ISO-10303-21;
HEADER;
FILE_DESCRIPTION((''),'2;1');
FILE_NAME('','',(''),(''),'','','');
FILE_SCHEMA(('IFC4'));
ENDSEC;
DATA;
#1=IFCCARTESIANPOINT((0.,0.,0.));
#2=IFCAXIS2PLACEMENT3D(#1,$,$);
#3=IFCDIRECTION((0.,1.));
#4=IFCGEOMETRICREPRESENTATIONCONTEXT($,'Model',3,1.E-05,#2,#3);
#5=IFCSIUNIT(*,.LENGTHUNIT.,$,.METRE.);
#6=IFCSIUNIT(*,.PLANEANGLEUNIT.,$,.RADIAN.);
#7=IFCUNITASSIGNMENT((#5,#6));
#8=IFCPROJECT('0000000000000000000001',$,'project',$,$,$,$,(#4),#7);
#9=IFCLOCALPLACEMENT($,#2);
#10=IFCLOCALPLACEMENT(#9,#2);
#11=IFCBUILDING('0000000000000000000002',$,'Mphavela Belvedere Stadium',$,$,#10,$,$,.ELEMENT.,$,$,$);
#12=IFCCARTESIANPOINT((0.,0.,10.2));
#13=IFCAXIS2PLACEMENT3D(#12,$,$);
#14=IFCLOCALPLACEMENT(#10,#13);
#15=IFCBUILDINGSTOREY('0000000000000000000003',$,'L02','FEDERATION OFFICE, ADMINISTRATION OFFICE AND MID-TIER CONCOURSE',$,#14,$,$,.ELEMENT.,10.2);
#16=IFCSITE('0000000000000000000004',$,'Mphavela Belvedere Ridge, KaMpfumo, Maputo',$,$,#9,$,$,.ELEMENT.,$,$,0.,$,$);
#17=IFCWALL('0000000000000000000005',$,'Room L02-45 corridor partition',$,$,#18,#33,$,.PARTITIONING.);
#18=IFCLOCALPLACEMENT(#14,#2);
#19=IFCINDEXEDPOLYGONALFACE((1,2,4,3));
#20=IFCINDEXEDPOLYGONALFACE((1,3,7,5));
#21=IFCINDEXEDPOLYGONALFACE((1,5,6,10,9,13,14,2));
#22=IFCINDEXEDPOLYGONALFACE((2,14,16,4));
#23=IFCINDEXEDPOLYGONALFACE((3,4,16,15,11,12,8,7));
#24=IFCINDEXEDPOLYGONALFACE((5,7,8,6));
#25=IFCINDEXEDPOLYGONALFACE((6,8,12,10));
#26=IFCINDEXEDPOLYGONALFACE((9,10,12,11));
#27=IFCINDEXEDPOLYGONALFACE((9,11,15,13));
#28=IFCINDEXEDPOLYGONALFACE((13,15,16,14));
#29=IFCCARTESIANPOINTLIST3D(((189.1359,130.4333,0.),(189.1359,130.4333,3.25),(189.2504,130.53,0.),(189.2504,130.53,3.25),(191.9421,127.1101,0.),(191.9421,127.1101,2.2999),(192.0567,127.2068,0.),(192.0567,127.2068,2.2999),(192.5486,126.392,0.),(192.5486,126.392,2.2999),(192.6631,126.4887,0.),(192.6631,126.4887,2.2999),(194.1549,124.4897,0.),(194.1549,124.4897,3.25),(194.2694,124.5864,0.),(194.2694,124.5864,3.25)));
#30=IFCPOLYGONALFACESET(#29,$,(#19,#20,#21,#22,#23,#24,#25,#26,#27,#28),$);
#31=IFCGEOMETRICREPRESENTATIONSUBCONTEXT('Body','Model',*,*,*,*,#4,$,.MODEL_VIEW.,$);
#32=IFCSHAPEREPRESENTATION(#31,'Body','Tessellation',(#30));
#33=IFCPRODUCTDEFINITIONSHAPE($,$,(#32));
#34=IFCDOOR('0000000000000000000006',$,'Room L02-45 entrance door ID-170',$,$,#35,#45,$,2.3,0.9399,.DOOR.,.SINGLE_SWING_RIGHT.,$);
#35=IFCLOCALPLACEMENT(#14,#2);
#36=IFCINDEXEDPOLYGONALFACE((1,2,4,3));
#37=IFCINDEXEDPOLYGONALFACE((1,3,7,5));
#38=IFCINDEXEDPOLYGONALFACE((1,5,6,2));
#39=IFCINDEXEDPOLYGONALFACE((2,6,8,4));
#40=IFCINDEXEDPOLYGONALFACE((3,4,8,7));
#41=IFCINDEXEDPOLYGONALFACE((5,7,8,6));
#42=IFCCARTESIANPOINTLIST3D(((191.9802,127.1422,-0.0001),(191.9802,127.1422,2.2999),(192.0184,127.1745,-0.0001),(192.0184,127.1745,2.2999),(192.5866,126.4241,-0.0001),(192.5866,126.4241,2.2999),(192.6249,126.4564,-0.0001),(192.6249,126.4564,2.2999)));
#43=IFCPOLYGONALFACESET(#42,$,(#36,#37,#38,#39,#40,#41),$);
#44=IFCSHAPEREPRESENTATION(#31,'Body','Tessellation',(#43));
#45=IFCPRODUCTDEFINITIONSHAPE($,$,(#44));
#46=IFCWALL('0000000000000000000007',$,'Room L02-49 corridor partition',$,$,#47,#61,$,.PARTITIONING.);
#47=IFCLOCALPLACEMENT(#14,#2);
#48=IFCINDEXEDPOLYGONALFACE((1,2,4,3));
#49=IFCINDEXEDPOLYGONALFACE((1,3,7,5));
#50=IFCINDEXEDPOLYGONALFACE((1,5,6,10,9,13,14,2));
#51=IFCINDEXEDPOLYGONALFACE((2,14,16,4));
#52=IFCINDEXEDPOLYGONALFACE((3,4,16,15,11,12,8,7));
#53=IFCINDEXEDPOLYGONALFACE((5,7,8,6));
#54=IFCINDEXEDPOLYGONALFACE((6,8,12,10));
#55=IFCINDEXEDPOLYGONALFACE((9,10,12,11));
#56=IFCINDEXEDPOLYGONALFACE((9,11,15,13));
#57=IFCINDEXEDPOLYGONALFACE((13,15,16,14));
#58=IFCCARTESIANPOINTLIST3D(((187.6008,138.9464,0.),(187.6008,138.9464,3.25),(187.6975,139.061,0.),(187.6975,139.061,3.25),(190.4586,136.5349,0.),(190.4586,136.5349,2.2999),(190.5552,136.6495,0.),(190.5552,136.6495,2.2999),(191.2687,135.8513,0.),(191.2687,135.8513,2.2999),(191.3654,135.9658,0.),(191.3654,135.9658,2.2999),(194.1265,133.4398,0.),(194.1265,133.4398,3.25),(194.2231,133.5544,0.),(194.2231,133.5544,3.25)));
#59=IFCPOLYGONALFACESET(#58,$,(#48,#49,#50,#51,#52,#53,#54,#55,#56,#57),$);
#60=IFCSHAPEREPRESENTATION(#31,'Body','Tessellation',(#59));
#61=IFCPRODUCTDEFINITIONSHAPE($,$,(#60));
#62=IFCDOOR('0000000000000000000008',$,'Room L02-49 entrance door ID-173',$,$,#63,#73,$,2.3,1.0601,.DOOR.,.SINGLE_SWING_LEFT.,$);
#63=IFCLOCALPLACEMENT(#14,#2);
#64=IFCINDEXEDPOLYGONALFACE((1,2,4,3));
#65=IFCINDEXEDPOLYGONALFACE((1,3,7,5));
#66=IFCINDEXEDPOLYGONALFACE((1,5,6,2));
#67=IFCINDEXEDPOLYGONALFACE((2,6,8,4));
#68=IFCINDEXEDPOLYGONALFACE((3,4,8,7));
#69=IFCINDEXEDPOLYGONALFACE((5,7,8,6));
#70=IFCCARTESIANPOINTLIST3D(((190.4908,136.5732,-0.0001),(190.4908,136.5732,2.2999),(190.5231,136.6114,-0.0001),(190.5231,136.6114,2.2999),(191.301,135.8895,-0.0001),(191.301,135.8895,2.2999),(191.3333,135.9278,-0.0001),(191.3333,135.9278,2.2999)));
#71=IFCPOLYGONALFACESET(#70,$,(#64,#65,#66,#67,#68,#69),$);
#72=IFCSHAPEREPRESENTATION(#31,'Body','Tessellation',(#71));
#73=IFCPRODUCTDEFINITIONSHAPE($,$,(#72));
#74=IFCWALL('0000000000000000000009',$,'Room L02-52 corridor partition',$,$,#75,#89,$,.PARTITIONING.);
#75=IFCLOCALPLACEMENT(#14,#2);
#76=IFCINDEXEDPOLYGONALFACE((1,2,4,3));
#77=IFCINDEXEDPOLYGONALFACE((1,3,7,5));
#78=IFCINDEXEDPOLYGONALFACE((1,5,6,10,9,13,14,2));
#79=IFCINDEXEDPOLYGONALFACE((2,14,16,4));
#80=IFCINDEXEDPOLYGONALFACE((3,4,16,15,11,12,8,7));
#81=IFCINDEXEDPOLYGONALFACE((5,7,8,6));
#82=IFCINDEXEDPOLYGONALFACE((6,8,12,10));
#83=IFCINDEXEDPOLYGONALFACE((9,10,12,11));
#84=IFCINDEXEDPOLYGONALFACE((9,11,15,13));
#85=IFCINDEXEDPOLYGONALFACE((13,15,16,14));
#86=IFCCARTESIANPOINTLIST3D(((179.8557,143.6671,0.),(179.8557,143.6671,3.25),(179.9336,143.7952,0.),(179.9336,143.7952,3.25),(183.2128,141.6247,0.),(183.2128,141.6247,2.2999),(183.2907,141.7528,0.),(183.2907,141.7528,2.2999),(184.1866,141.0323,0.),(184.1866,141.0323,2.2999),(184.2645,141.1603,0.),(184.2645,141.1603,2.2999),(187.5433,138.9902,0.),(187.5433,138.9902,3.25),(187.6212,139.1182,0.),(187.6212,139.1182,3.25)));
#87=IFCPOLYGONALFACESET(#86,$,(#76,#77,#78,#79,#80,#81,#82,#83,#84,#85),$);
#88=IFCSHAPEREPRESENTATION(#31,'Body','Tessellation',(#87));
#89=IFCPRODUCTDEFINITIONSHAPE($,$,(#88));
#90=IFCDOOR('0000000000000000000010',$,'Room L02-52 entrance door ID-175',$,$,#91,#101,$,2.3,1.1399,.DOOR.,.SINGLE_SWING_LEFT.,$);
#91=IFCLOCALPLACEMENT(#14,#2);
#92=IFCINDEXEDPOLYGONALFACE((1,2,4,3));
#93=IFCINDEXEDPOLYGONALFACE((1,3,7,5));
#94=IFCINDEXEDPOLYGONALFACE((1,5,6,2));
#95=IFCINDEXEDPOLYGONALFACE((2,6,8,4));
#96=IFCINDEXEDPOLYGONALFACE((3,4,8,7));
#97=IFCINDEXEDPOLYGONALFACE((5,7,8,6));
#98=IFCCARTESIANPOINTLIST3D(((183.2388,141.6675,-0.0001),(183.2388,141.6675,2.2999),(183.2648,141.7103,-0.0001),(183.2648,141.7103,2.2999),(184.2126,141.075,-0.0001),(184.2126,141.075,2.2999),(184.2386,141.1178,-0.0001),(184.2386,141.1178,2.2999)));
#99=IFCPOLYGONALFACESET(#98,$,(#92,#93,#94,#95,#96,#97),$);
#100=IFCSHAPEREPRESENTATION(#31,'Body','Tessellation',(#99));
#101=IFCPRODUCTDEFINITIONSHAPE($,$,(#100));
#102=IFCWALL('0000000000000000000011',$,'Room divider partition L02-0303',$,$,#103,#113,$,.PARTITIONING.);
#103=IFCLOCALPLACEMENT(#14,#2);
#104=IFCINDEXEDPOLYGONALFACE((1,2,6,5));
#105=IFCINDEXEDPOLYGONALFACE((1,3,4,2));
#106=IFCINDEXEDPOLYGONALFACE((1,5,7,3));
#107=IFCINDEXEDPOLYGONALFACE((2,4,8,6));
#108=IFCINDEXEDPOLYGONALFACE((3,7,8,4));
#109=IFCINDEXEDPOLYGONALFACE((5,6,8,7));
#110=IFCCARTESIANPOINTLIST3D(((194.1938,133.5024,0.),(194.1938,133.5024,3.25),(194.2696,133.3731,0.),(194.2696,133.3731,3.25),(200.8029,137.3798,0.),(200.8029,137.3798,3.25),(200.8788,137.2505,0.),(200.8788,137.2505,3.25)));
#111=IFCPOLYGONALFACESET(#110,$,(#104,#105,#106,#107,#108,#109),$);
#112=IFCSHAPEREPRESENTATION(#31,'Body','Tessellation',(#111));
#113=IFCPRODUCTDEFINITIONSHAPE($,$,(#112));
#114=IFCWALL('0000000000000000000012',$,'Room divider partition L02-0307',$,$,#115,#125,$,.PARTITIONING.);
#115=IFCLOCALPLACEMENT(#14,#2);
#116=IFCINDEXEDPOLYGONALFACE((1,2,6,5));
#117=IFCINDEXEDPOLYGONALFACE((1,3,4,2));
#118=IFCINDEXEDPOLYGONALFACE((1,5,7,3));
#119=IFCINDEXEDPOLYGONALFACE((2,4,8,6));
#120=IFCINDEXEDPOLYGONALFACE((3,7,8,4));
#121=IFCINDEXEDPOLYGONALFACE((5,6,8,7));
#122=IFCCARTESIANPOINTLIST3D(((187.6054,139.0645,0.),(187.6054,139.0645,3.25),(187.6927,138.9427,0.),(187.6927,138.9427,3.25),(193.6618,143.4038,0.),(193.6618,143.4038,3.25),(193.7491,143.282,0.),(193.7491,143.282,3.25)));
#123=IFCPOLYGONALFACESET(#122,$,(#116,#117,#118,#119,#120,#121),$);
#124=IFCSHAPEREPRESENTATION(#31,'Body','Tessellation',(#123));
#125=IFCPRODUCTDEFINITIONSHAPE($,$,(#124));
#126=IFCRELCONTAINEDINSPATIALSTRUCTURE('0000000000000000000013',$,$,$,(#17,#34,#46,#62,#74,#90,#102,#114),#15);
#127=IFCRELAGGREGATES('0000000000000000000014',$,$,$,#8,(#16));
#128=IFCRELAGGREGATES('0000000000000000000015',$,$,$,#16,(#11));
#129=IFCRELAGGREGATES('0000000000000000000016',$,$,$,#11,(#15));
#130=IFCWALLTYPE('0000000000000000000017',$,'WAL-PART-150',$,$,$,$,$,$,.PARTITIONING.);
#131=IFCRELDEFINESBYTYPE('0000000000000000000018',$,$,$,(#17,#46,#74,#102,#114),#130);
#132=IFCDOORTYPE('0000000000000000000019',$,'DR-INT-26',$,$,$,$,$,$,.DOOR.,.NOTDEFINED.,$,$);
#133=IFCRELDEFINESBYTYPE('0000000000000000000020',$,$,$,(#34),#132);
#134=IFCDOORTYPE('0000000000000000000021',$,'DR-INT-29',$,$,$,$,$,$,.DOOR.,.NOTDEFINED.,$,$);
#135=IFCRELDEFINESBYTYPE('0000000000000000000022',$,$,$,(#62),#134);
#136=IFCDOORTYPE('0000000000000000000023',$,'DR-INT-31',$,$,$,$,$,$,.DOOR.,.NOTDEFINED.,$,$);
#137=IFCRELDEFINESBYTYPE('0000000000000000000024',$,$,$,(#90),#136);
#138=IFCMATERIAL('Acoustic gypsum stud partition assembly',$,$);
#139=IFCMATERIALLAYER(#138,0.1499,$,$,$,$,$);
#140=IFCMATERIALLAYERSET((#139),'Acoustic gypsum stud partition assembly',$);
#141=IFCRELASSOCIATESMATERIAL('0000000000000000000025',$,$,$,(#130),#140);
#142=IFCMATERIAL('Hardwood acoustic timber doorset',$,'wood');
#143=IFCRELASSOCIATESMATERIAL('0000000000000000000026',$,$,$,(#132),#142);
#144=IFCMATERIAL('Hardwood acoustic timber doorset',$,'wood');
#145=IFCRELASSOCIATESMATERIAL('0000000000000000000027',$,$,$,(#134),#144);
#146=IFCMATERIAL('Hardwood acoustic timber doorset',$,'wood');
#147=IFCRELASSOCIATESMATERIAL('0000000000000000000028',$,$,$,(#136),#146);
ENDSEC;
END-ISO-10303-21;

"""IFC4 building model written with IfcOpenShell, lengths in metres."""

from ifc_helpers import new_model, si_unit, direction, frame, frame_2d, origin, place, context, subcontext, project, spatial, rectangle, extrude, material, layer, layer_set, type_object, element, fill, save


model = new_model("IFC4")

# Units and contexts
model_context = context("Model", 3, precision=1e-05, world=origin(), true_north=direction((0.0, 1.0)))
body_context = subcontext(model_context, "Body", "Model", "MODEL_VIEW")
ifc_project = project(units=[si_unit("LENGTHUNIT", "METRE"), si_unit("PLANEANGLEUNIT", "RADIAN")], contexts=[model_context])

# Site, building, storey
site_placement = place(None, origin())
site = spatial("IfcSite", under=ifc_project, at=site_placement, Name="Mphavela Belvedere Ridge, KaMpfumo, Maputo", CompositionType="ELEMENT", RefElevation=0.0)
building_placement = place(site_placement, origin())
building = spatial("IfcBuilding", under=site, at=building_placement, Name="Mphavela Belvedere Stadium", CompositionType="ELEMENT")
storey_placement = place(building_placement, frame((0.0, 0.0, 10.2)))
storey = spatial("IfcBuildingStorey", under=building, at=storey_placement, Name="L02", Description="FEDERATION OFFICE, ADMINISTRATION OFFICE AND MID-TIER CONCOURSE", CompositionType="ELEMENT", Elevation=10.2)

# Walls, openings, doors
ifc_material_1 = material(Name="Acoustic gypsum stud partition assembly")
ifc_layer_1 = layer(ifc_material_1, 0.1499)
ifc_layer_set_1 = layer_set([ifc_layer_1], Name="Acoustic gypsum stud partition assembly")
wall_type = type_object("IfcWallType", Name="WAL-PART-150", PredefinedType="PARTITIONING", material=ifc_layer_set_1)
wall_1_placement = place(storey_placement, frame((189.1931, 130.4817, 0.0), z_axis=(0.0, 0.0, 1.0), x_axis=(0.645181, -0.76403, 0.0)))
wall_1 = element("IfcWall", 1, at=wall_1_placement, inside=storey, type_object=wall_type, Name="Room L02-45 corridor partition", PredefinedType="PARTITIONING", context=body_context, shape_type="SweptSolid", body=[
    extrude(rectangle(XDim=7.7793, YDim=0.1499, at=frame_2d((3.8896, 0.0))), origin(), (0.0, 0.0, 1.0), 3.25),
])
opening_1_placement = place(wall_1_placement, frame((4.3496, 0.0, 0.0)))
opening_1 = element("IfcOpeningElement", 2, at=opening_1_placement, cuts=wall_1, PredefinedType="OPENING", context=body_context, shape_type="SweptSolid", body=[
    extrude(rectangle(XDim=0.9399, YDim=2.3, at=frame_2d((0.47, 1.1499))), frame((0.0, 0.085, 0.0), z_axis=(0.0, -1.0, 0.0), x_axis=(1.0, 0.0, 0.0)), (0.0, 0.0, 1.0), 0.1699),
])
ifc_material_2 = material(Name="Hardwood acoustic timber doorset", Category="wood")
door_type_1 = type_object("IfcDoorType", Name="DR-INT-26", OperationType="NOTDEFINED", PredefinedType="DOOR", material=ifc_material_2)
door_1_placement = place(opening_1_placement, origin())
door_1 = element("IfcDoor", 3, at=door_1_placement, inside=storey, type_object=door_type_1, Name="Room L02-45 entrance door ID-170", OperationType="SINGLE_SWING_RIGHT", OverallHeight=2.3, OverallWidth=0.9399, PredefinedType="DOOR", context=body_context, shape_type="SweptSolid", body=[
    extrude(rectangle(XDim=0.9399, YDim=2.3, at=frame_2d((0.47, 1.1499))), frame((0.0, 0.0249, 0.0), z_axis=(0.0, -1.0, 0.0), x_axis=(1.0, 0.0, 0.0)), (0.0, 0.0, 1.0), 0.05),
])
fill(opening_1, door_1)
wall_2_placement = place(storey_placement, frame((194.1748, 133.4971, 0.0), z_axis=(0.0, 0.0, 1.0), x_axis=(-0.764258, 0.644911, 0.0)))
wall_2 = element("IfcWall", 4, at=wall_2_placement, inside=storey, type_object=wall_type, Name="Room L02-49 corridor partition", PredefinedType="PARTITIONING", context=body_context, shape_type="SweptSolid", body=[
    extrude(rectangle(XDim=8.5386, YDim=0.1499, at=frame_2d((4.2693, 0.0))), origin(), (0.0, 0.0, 1.0), 3.25),
])
opening_2_placement = place(wall_2_placement, frame((3.7393, 0.0, 0.0)))
opening_2 = element("IfcOpeningElement", 5, at=opening_2_placement, cuts=wall_2, PredefinedType="OPENING", context=body_context, shape_type="SweptSolid", body=[
    extrude(rectangle(XDim=1.0601, YDim=2.3, at=frame_2d((0.53, 1.1499))), frame((0.0, 0.085, 0.0), z_axis=(0.0, -1.0, 0.0), x_axis=(1.0, 0.0, 0.0)), (0.0, 0.0, 1.0), 0.1699),
])
ifc_material_3 = material(Name="Hardwood acoustic timber doorset", Category="wood")
door_type_2 = type_object("IfcDoorType", Name="DR-INT-29", OperationType="NOTDEFINED", PredefinedType="DOOR", material=ifc_material_3)
door_2_placement = place(opening_2_placement, origin())
door_2 = element("IfcDoor", 6, at=door_2_placement, inside=storey, type_object=door_type_2, Name="Room L02-49 entrance door ID-173", OperationType="SINGLE_SWING_LEFT", OverallHeight=2.3, OverallWidth=1.0601, PredefinedType="DOOR", context=body_context, shape_type="SweptSolid", body=[
    extrude(rectangle(XDim=1.0601, YDim=2.3, at=frame_2d((0.53, 1.1499))), frame((0.0, 0.0249, 0.0), z_axis=(0.0, -1.0, 0.0), x_axis=(1.0, 0.0, 0.0)), (0.0, 0.0, 1.0), 0.05),
])
fill(opening_2, door_2)
wall_3_placement = place(storey_placement, frame((187.5823, 139.0542, 0.0), z_axis=(0.0, 0.0, 1.0), x_axis=(-0.854322, 0.519745, 0.0)))
wall_3 = element("IfcWall", 7, at=wall_3_placement, inside=storey, type_object=wall_type, Name="Room L02-52 corridor partition", PredefinedType="PARTITIONING", context=body_context, shape_type="SweptSolid", body=[
    extrude(rectangle(XDim=8.9985, YDim=0.1499, at=frame_2d((4.4993, 0.0))), origin(), (0.0, 0.0, 1.0), 3.25),
])
opening_3_placement = place(wall_3_placement, frame((3.9292, 0.0, 0.0)))
opening_3 = element("IfcOpeningElement", 8, at=opening_3_placement, cuts=wall_3, PredefinedType="OPENING", context=body_context, shape_type="SweptSolid", body=[
    extrude(rectangle(XDim=1.1399, YDim=2.3, at=frame_2d((0.5698, 1.1499))), frame((0.0, 0.085, 0.0), z_axis=(0.0, -1.0, 0.0), x_axis=(1.0, 0.0, 0.0)), (0.0, 0.0, 1.0), 0.1699),
])
ifc_material_4 = material(Name="Hardwood acoustic timber doorset", Category="wood")
door_type_3 = type_object("IfcDoorType", Name="DR-INT-31", OperationType="NOTDEFINED", PredefinedType="DOOR", material=ifc_material_4)
door_3_placement = place(opening_3_placement, origin())
door_3 = element("IfcDoor", 9, at=door_3_placement, inside=storey, type_object=door_type_3, Name="Room L02-52 entrance door ID-175", OperationType="SINGLE_SWING_LEFT", OverallHeight=2.3, OverallWidth=1.1399, PredefinedType="DOOR", context=body_context, shape_type="SweptSolid", body=[
    extrude(rectangle(XDim=1.1399, YDim=2.3, at=frame_2d((0.5698, 1.1499))), frame((0.0, 0.0249, 0.0), z_axis=(0.0, -1.0, 0.0), x_axis=(1.0, 0.0, 0.0)), (0.0, 0.0, 1.0), 0.05),
])
fill(opening_3, door_3)

# Walls
wall_4_placement = place(storey_placement, frame((194.2317, 133.4377, 0.0), z_axis=(0.0, 0.0, 1.0), x_axis=(0.86252, 0.506023, 0.0)))
element("IfcWall", 10, at=wall_4_placement, inside=storey, type_object=wall_type, Name="Room divider partition L02-0303", PredefinedType="PARTITIONING", context=body_context, shape_type="SweptSolid", body=[
    extrude(rectangle(XDim=7.6626, YDim=0.1499, at=frame_2d((3.8313, 0.0))), origin(), (0.0, 0.0, 1.0), 3.25),
])
wall_5_placement = place(storey_placement, frame((187.6492, 139.0037, 0.0), z_axis=(0.0, 0.0, 1.0), x_axis=(0.812885, 0.582425, 0.0)))
element("IfcWall", 11, at=wall_5_placement, inside=storey, type_object=wall_type, Name="Room divider partition L02-0307", PredefinedType="PARTITIONING", context=body_context, shape_type="SweptSolid", body=[
    extrude(rectangle(XDim=7.4504, YDim=0.1499, at=frame_2d((3.7251, 0.0))), origin(), (0.0, 0.0, 1.0), 3.25),
])

save(model, "model.ifc")
